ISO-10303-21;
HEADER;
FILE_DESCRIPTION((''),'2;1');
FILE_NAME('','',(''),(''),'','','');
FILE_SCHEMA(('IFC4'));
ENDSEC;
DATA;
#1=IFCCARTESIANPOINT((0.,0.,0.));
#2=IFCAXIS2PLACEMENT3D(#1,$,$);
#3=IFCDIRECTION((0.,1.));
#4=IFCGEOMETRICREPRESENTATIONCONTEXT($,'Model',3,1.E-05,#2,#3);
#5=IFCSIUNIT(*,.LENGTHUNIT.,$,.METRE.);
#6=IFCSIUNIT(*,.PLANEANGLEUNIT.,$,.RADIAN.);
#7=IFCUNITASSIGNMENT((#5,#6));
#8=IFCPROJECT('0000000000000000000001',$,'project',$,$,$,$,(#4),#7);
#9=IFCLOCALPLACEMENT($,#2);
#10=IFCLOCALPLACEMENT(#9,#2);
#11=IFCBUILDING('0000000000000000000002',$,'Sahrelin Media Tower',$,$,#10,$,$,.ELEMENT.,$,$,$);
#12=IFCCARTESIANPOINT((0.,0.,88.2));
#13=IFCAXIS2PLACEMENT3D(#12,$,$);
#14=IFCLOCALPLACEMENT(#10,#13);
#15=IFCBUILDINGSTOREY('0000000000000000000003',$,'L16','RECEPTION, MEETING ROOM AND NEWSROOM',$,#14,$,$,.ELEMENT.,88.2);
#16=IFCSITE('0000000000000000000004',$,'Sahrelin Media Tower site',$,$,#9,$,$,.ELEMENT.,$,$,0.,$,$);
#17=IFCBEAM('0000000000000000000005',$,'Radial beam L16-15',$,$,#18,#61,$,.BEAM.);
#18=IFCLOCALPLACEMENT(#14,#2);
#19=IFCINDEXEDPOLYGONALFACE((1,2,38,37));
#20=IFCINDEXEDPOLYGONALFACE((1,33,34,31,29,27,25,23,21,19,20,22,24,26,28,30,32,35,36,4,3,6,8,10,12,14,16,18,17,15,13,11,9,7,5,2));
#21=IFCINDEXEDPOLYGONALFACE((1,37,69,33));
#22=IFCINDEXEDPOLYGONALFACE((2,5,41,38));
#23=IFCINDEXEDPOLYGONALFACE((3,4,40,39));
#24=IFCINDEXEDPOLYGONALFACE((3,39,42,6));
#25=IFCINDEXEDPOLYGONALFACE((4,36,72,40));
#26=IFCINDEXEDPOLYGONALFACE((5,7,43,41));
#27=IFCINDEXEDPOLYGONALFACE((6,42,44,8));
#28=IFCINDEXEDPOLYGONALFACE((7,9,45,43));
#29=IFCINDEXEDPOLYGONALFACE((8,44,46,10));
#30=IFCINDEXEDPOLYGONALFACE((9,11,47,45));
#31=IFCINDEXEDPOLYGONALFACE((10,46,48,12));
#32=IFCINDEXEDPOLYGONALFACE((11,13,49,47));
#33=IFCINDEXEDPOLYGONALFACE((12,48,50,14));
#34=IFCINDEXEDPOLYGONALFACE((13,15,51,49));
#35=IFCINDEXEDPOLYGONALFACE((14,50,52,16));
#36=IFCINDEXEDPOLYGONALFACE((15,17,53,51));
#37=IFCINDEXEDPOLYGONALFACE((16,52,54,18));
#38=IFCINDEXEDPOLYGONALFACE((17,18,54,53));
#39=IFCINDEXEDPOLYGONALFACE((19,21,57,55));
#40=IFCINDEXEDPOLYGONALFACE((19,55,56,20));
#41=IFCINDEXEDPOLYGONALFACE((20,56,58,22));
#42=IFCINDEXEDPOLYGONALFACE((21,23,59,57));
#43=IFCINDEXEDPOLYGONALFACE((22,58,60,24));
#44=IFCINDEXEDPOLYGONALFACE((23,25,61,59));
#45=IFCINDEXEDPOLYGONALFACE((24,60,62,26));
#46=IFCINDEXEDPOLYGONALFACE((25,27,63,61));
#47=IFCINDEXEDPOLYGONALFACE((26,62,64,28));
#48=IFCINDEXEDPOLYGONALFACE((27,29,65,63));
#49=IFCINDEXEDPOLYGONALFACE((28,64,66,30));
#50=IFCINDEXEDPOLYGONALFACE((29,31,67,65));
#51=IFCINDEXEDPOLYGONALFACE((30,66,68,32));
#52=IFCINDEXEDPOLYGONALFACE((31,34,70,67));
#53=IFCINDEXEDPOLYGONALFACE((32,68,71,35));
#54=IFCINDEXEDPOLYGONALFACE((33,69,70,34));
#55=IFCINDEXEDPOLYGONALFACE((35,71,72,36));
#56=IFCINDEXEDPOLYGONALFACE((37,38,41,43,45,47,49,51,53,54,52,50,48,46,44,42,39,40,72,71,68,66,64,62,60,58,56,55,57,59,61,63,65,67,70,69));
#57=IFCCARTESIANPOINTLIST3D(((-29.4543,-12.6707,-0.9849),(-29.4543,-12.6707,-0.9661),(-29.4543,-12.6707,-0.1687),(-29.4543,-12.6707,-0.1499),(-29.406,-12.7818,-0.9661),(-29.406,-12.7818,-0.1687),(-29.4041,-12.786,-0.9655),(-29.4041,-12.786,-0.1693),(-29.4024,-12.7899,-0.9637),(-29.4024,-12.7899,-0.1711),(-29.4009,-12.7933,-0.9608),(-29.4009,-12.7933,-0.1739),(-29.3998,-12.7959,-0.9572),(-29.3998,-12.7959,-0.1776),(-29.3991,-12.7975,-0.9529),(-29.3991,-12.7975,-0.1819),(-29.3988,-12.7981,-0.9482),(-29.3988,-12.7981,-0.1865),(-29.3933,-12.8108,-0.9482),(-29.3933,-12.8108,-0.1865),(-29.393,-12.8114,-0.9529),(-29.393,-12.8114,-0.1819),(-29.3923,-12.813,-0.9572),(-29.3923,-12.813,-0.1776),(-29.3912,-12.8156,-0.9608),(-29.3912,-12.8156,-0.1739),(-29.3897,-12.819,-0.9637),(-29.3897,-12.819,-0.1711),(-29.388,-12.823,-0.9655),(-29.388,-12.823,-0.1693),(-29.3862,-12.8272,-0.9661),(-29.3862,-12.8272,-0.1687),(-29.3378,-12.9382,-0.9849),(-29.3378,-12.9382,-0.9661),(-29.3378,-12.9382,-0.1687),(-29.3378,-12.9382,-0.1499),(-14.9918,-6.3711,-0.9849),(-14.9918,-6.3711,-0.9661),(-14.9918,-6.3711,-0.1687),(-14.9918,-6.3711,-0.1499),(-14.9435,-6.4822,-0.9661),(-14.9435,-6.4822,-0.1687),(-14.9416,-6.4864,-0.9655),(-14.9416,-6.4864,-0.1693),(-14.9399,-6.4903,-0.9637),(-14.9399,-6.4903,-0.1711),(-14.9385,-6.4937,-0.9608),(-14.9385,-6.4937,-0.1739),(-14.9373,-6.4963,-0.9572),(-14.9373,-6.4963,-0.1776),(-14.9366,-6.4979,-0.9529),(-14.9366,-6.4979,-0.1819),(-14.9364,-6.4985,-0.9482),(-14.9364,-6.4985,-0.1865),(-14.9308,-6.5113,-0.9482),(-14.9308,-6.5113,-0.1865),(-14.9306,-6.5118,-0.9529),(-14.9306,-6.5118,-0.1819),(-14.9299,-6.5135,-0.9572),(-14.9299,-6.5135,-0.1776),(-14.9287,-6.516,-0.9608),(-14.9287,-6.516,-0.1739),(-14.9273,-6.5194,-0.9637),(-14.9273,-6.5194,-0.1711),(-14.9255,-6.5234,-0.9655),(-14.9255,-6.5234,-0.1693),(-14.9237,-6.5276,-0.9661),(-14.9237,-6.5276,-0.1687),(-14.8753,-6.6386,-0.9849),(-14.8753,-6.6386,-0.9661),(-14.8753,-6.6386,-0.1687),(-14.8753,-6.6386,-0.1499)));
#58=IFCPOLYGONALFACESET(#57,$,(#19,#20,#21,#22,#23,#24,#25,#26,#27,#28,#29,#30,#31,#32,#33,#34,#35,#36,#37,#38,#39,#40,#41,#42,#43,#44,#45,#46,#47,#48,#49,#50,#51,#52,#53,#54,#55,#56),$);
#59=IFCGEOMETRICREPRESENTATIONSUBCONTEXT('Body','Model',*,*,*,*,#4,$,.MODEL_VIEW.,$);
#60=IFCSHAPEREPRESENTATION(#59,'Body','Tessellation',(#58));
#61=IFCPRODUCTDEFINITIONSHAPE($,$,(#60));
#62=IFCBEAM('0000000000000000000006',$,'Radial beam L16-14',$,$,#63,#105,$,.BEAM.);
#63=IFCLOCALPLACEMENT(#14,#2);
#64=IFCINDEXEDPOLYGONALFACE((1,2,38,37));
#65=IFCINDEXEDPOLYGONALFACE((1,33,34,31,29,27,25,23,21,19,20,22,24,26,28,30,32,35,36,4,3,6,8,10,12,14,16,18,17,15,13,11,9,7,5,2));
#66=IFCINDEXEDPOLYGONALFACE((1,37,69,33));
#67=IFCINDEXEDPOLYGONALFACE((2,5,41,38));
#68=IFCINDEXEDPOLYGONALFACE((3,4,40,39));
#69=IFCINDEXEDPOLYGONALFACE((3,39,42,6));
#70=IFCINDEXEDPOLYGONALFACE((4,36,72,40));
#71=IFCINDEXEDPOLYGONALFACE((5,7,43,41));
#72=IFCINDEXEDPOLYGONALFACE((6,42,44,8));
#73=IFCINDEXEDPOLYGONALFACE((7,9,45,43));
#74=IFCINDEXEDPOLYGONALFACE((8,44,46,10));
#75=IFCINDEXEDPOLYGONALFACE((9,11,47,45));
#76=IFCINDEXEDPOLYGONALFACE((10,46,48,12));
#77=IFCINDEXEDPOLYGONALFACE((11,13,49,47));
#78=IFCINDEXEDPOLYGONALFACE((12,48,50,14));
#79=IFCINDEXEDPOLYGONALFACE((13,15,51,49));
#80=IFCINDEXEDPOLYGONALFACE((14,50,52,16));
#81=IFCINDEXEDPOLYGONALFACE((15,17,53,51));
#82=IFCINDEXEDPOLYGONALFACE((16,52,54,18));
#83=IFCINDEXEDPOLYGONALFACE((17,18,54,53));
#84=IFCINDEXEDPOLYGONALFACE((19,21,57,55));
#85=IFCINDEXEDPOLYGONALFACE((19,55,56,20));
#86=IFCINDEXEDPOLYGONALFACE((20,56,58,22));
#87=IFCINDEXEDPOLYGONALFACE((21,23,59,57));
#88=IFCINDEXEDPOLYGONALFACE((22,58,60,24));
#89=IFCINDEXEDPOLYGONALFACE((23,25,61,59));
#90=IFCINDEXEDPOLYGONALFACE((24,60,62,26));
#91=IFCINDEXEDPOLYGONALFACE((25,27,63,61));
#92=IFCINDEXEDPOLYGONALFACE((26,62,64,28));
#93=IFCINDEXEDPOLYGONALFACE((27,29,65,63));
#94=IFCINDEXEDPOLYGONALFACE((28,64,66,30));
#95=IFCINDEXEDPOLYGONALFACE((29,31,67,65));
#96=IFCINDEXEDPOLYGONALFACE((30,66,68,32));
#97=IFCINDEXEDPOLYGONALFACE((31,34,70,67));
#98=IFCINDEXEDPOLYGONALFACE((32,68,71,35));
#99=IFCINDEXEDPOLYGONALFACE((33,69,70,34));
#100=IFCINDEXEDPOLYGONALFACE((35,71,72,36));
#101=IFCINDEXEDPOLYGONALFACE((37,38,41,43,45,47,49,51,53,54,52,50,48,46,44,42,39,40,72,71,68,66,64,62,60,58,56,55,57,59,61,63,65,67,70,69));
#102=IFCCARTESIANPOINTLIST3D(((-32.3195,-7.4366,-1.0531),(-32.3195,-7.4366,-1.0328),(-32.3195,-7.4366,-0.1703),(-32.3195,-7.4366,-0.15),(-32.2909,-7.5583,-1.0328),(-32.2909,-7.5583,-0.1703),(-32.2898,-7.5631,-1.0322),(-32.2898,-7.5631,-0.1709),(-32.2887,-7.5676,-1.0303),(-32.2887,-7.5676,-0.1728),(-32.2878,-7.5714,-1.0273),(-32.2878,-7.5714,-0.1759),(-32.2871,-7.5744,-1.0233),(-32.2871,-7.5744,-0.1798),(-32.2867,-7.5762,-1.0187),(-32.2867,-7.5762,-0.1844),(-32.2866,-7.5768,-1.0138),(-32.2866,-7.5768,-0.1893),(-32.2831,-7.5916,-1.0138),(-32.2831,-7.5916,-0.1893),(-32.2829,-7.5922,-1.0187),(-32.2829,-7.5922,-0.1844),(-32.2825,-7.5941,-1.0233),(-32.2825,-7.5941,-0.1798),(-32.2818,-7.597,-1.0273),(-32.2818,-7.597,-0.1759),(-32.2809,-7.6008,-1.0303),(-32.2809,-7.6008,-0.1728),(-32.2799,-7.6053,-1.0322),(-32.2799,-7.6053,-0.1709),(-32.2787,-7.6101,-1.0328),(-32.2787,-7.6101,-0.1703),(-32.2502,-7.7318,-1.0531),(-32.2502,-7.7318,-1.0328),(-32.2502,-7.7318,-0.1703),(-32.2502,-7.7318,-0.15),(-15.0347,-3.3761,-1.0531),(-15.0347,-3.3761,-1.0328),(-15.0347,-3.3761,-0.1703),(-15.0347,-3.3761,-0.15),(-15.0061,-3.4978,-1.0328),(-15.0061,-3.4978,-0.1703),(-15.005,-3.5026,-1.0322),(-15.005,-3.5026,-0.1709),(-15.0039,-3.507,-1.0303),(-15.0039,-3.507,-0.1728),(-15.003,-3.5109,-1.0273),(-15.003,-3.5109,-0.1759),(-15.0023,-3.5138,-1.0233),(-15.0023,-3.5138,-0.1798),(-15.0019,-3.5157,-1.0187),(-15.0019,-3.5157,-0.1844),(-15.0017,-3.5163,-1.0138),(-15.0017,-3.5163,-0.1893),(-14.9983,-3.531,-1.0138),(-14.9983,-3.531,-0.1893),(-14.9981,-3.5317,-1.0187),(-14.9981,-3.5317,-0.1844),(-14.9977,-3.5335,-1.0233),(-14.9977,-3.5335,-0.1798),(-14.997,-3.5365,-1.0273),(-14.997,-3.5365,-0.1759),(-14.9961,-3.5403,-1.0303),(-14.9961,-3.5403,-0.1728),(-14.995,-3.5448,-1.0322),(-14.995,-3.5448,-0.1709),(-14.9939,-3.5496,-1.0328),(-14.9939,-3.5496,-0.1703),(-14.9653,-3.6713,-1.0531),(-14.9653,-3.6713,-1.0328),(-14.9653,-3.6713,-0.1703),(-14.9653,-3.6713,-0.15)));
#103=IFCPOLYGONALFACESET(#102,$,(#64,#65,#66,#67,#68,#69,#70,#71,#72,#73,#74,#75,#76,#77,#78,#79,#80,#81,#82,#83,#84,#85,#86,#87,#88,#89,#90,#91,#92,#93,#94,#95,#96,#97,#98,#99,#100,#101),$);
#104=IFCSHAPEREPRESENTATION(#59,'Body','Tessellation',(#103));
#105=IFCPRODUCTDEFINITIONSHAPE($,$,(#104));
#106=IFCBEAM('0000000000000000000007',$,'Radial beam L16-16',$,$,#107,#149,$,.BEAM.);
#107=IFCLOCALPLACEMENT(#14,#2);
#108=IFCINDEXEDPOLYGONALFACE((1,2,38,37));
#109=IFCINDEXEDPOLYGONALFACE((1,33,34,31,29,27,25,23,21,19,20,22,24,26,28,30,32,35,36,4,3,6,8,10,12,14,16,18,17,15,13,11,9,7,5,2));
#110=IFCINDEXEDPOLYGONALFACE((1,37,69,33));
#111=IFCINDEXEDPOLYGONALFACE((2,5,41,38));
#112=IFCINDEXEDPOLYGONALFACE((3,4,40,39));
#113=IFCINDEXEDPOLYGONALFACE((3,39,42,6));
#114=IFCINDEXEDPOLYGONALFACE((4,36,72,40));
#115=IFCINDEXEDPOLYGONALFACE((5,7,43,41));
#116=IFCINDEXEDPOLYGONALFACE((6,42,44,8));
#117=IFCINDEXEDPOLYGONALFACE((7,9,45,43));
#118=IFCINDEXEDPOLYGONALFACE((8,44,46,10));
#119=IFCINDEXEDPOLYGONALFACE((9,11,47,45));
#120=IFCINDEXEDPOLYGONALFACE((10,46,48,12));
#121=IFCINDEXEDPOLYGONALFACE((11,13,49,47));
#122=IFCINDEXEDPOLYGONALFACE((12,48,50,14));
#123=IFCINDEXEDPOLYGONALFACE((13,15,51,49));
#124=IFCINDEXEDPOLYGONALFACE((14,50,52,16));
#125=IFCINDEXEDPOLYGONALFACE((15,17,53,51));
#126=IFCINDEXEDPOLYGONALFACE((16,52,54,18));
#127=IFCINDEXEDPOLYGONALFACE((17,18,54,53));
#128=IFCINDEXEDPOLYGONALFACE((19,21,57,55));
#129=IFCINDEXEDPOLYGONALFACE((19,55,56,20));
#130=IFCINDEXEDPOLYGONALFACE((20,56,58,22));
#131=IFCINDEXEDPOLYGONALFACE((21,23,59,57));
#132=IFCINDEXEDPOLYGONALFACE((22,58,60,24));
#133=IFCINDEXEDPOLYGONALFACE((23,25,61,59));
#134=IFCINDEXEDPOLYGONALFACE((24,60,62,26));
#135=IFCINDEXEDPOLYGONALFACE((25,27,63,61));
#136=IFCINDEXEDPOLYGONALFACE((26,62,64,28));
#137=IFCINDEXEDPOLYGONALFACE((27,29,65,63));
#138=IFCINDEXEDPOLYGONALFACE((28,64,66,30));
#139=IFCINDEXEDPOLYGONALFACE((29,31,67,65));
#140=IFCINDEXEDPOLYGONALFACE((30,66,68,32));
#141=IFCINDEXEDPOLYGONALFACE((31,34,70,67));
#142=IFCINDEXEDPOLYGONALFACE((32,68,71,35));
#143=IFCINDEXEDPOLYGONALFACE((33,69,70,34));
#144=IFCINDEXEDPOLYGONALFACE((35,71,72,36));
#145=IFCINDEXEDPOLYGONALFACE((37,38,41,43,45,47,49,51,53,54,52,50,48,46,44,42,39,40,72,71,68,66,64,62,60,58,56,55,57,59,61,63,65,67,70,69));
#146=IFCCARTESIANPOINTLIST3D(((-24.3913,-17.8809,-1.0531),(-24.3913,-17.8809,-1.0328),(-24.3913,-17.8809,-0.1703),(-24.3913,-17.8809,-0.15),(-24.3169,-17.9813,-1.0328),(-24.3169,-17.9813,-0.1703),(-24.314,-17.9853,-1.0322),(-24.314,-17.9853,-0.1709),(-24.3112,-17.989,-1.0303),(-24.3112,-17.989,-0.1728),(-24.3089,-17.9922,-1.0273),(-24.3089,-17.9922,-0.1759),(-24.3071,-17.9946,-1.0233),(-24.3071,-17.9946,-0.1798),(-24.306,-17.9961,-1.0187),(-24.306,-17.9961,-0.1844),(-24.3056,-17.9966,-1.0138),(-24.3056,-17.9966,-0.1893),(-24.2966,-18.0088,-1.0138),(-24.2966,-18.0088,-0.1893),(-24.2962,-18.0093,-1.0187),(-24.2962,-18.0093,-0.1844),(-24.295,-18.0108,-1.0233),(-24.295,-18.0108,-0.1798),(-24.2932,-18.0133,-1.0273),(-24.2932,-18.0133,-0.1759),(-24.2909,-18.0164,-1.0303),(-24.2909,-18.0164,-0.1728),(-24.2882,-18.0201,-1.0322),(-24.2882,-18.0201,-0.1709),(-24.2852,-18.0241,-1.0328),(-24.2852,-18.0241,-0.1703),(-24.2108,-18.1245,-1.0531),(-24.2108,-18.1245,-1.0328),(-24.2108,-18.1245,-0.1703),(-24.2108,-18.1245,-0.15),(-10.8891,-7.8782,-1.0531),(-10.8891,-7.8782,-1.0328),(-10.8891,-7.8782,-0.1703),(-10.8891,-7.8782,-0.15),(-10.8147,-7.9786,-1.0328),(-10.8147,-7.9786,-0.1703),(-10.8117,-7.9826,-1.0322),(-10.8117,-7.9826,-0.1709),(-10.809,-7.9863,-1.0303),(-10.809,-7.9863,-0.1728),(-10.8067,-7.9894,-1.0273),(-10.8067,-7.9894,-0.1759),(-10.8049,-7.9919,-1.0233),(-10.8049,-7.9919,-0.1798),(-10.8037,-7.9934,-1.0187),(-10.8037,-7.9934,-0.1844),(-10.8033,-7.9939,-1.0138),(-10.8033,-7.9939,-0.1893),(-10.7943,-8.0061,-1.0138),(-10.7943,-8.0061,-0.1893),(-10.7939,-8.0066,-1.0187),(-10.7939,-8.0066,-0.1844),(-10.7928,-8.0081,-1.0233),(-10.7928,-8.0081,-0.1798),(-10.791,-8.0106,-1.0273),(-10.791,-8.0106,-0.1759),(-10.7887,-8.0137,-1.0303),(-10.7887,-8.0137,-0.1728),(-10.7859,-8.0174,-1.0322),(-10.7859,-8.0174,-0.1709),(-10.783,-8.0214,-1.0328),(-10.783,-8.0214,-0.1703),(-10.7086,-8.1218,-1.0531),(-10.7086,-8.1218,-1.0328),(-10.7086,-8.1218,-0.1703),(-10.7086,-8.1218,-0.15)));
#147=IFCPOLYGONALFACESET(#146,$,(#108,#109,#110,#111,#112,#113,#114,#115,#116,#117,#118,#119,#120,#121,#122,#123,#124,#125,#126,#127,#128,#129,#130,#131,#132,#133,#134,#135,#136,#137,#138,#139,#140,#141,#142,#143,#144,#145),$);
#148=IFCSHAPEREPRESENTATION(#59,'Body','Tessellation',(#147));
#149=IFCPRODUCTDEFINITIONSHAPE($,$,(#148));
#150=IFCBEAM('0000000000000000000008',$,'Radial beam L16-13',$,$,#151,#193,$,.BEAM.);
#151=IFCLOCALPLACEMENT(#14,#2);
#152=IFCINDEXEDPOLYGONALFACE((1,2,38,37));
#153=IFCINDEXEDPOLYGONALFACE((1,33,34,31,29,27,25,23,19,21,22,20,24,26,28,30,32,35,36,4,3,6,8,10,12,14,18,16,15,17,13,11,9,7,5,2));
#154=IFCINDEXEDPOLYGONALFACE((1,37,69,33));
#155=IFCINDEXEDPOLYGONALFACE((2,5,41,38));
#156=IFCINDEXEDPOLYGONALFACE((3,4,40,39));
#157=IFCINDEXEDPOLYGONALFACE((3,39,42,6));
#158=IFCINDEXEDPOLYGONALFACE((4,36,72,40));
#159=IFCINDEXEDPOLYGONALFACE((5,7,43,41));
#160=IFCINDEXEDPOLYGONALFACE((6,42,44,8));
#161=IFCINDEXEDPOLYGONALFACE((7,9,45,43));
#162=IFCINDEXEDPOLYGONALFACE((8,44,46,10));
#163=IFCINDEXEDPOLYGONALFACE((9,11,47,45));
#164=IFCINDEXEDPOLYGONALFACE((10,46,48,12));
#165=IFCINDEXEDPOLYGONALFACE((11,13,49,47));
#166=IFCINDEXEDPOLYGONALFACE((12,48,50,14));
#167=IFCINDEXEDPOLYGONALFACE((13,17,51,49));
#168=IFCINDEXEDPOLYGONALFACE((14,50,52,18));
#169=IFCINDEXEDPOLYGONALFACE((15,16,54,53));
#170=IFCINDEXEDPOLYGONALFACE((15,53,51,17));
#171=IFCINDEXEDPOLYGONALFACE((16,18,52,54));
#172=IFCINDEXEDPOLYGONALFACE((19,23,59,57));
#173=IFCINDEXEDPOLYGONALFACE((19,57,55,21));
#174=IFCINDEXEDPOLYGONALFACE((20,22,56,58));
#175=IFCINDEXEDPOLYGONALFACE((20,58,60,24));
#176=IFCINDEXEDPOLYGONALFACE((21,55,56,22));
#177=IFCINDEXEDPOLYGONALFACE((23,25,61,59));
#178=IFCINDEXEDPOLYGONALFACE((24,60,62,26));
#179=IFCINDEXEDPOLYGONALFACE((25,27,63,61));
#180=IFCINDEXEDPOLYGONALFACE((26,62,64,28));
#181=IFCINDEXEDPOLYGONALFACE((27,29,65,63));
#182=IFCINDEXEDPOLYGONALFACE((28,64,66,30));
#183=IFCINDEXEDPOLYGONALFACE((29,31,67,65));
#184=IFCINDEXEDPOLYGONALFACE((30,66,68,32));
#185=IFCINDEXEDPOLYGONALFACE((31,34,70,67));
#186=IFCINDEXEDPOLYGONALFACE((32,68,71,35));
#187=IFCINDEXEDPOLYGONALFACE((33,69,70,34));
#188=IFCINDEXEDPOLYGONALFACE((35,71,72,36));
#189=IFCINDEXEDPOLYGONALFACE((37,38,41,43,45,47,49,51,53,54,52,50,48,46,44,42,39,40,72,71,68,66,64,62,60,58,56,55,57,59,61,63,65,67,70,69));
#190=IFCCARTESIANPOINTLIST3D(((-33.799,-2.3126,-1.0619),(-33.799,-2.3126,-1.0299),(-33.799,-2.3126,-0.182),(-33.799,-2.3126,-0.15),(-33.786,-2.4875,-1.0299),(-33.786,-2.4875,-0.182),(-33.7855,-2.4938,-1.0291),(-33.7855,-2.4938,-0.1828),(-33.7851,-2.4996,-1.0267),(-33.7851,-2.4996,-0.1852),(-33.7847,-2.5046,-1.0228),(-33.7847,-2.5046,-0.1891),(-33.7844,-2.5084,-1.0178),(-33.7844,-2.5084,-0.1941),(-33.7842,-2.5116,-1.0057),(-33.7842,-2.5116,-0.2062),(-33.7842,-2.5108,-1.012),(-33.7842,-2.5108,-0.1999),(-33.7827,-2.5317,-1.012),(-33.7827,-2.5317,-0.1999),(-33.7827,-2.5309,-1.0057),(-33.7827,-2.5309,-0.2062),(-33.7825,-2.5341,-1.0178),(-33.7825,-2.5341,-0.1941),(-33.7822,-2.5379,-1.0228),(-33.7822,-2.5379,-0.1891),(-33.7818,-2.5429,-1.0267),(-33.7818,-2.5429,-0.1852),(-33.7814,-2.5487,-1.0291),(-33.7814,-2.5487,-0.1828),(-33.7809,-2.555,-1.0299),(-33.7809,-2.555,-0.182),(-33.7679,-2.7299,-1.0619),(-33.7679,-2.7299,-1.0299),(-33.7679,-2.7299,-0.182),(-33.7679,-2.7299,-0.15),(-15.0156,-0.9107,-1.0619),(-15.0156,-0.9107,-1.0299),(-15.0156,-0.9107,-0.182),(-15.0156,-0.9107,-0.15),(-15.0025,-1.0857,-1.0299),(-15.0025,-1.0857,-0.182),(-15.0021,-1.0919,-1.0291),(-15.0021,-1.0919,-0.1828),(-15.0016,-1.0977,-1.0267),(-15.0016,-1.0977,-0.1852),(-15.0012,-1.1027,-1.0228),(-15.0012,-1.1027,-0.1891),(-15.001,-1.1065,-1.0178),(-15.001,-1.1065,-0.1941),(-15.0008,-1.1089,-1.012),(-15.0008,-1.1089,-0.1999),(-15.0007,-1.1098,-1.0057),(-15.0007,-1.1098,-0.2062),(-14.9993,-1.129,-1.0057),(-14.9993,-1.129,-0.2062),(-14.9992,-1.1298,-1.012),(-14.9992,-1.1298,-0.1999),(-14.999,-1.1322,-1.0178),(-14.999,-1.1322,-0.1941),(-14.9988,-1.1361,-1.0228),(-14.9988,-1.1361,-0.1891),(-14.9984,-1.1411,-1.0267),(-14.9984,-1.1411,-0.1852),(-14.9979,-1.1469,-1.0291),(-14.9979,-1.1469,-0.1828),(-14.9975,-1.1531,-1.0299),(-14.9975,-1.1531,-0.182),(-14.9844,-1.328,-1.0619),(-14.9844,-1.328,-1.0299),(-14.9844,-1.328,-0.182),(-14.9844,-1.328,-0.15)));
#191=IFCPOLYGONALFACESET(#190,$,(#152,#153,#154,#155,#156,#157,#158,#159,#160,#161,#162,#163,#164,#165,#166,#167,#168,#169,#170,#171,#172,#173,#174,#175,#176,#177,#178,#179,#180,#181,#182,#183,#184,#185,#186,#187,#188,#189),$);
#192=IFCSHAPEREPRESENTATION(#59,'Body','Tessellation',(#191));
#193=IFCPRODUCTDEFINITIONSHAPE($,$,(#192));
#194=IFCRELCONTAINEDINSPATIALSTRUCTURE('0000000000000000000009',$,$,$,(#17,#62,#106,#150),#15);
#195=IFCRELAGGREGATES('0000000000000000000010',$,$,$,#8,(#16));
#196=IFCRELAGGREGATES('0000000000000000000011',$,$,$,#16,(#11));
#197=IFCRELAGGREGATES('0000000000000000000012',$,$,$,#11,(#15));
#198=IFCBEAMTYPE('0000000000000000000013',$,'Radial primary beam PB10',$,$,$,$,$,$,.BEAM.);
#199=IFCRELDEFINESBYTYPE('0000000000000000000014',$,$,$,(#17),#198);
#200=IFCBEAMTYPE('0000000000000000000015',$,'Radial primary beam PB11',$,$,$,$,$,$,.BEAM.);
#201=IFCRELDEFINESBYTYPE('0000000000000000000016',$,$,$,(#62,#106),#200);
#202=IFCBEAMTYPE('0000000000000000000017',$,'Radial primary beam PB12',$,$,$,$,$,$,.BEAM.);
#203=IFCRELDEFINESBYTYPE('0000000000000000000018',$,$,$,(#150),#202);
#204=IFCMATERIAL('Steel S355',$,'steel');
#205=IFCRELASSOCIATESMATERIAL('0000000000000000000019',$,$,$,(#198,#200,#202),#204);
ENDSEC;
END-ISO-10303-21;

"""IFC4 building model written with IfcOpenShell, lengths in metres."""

from ifc_helpers import new_model, si_unit, direction, frame, origin, origin_2d, place, context, subcontext, project, spatial, i_section, extrude, material, material_profile, profile_set, type_object, element, save


model = new_model("IFC4")

# Units and contexts
model_context = context("Model", 3, precision=1e-05, world=origin(), true_north=direction((0.0, 1.0)))
body_context = subcontext(model_context, "Body", "Model", "MODEL_VIEW")
ifc_project = project(units=[si_unit("LENGTHUNIT", "METRE"), si_unit("PLANEANGLEUNIT", "RADIAN")], contexts=[model_context])

# Site, building, storey
site_placement = place(None, origin())
site = spatial("IfcSite", under=ifc_project, at=site_placement, Name="Sahrelin Media Tower site", CompositionType="ELEMENT", RefElevation=0.0)
building_placement = place(site_placement, origin())
building = spatial("IfcBuilding", under=site, at=building_placement, Name="Sahrelin Media Tower", CompositionType="ELEMENT")
storey_placement = place(building_placement, frame((0.0, 0.0, 88.2)))
storey = spatial("IfcBuildingStorey", under=building, at=storey_placement, Name="L16", Description="RECEPTION, MEETING ROOM AND NEWSROOM", CompositionType="ELEMENT", Elevation=88.2)

# Beams
ifc_material_1 = material(Name="Steel S355", Category="steel")
ifc_material_profile_1 = material_profile(ifc_material_1, i_section(OverallWidth=0.2917, OverallDepth=0.835, WebThickness=0.0139, FlangeThickness=0.0188, FilletRadius=0.0178, at=origin_2d()), Name="UB 838x292x176")
ifc_profile_set_1 = profile_set([ifc_material_profile_1], Name="Steel S355")
beam_type_1 = type_object("IfcBeamType", Name="Radial primary beam PB10", PredefinedType="BEAM", material=ifc_profile_set_1)
beam_1_placement = place(storey_placement, frame((-14.9336, -6.5049, -0.5674), z_axis=(-0.916802, -0.399342, 0.0), x_axis=(0.399342, -0.916802, 0.0)))
element("IfcBeam", 1, at=beam_1_placement, inside=storey, type_object=beam_type_1, Name="Radial beam L16-15", PredefinedType="BEAM", context=body_context, shape_type="SweptSolid", body=[
    extrude(i_section(OverallWidth=0.2917, OverallDepth=0.835, WebThickness=0.0139, FlangeThickness=0.0188, FilletRadius=0.0178, at=origin_2d()), origin(), (0.0, 0.0, 1.0), 15.7749),
])
ifc_material_profile_2 = material_profile(ifc_material_1, i_section(OverallWidth=0.3032, OverallDepth=0.9031, WebThickness=0.0151, FlangeThickness=0.0203, FilletRadius=0.019, at=origin_2d()), Name="UB 914x305x201")
ifc_profile_set_2 = profile_set([ifc_material_profile_2], Name="Steel S355")
beam_type_2 = type_object("IfcBeamType", Name="Radial primary beam PB11", PredefinedType="BEAM", material=ifc_profile_set_2)
beam_2_placement = place(storey_placement, frame((-15.0, -3.5237, -0.6016), z_axis=(-0.973499, -0.228693, 0.0), x_axis=(0.228693, -0.973499, 0.0)))
element("IfcBeam", 2, at=beam_2_placement, inside=storey, type_object=beam_type_2, Name="Radial beam L16-14", PredefinedType="BEAM", context=body_context, shape_type="SweptSolid", body=[
    extrude(i_section(OverallWidth=0.3032, OverallDepth=0.9031, WebThickness=0.0151, FlangeThickness=0.0203, FilletRadius=0.019, at=origin_2d()), origin(), (0.0, 0.0, 1.0), 17.7554),
])
beam_3_placement = place(storey_placement, frame((-10.7988, -8.0, -0.6016), z_axis=(-0.803527, -0.595268, 0.0), x_axis=(0.595268, -0.803527, 0.0)))
element("IfcBeam", 3, at=beam_3_placement, inside=storey, type_object=beam_type_2, Name="Radial beam L16-16", PredefinedType="BEAM", context=body_context, shape_type="SweptSolid", body=[
    extrude(i_section(OverallWidth=0.3032, OverallDepth=0.9031, WebThickness=0.0151, FlangeThickness=0.0203, FilletRadius=0.019, at=origin_2d()), origin(), (0.0, 0.0, 1.0), 16.8037),
])
ifc_material_profile_3 = material_profile(ifc_material_1, i_section(OverallWidth=0.4185, OverallDepth=0.9119, WebThickness=0.0193, FlangeThickness=0.032, FilletRadius=0.0242, at=origin_2d()), Name="UB 914x419x343")
ifc_profile_set_3 = profile_set([ifc_material_profile_3], Name="Steel S355")
beam_type_3 = type_object("IfcBeamType", Name="Radial primary beam PB12", PredefinedType="BEAM", material=ifc_profile_set_3)
beam_4_placement = place(storey_placement, frame((-15.0, -1.1194, -0.606), z_axis=(-0.997227, -0.074426, 0.0), x_axis=(0.074426, -0.997227, 0.0)))
element("IfcBeam", 4, at=beam_4_placement, inside=storey, type_object=beam_type_3, Name="Radial beam L16-13", PredefinedType="BEAM", context=body_context, shape_type="SweptSolid", body=[
    extrude(i_section(OverallWidth=0.4185, OverallDepth=0.9119, WebThickness=0.0193, FlangeThickness=0.032, FilletRadius=0.0242, at=origin_2d()), origin(), (0.0, 0.0, 1.0), 18.8357),
])

save(model, "model.ifc")
